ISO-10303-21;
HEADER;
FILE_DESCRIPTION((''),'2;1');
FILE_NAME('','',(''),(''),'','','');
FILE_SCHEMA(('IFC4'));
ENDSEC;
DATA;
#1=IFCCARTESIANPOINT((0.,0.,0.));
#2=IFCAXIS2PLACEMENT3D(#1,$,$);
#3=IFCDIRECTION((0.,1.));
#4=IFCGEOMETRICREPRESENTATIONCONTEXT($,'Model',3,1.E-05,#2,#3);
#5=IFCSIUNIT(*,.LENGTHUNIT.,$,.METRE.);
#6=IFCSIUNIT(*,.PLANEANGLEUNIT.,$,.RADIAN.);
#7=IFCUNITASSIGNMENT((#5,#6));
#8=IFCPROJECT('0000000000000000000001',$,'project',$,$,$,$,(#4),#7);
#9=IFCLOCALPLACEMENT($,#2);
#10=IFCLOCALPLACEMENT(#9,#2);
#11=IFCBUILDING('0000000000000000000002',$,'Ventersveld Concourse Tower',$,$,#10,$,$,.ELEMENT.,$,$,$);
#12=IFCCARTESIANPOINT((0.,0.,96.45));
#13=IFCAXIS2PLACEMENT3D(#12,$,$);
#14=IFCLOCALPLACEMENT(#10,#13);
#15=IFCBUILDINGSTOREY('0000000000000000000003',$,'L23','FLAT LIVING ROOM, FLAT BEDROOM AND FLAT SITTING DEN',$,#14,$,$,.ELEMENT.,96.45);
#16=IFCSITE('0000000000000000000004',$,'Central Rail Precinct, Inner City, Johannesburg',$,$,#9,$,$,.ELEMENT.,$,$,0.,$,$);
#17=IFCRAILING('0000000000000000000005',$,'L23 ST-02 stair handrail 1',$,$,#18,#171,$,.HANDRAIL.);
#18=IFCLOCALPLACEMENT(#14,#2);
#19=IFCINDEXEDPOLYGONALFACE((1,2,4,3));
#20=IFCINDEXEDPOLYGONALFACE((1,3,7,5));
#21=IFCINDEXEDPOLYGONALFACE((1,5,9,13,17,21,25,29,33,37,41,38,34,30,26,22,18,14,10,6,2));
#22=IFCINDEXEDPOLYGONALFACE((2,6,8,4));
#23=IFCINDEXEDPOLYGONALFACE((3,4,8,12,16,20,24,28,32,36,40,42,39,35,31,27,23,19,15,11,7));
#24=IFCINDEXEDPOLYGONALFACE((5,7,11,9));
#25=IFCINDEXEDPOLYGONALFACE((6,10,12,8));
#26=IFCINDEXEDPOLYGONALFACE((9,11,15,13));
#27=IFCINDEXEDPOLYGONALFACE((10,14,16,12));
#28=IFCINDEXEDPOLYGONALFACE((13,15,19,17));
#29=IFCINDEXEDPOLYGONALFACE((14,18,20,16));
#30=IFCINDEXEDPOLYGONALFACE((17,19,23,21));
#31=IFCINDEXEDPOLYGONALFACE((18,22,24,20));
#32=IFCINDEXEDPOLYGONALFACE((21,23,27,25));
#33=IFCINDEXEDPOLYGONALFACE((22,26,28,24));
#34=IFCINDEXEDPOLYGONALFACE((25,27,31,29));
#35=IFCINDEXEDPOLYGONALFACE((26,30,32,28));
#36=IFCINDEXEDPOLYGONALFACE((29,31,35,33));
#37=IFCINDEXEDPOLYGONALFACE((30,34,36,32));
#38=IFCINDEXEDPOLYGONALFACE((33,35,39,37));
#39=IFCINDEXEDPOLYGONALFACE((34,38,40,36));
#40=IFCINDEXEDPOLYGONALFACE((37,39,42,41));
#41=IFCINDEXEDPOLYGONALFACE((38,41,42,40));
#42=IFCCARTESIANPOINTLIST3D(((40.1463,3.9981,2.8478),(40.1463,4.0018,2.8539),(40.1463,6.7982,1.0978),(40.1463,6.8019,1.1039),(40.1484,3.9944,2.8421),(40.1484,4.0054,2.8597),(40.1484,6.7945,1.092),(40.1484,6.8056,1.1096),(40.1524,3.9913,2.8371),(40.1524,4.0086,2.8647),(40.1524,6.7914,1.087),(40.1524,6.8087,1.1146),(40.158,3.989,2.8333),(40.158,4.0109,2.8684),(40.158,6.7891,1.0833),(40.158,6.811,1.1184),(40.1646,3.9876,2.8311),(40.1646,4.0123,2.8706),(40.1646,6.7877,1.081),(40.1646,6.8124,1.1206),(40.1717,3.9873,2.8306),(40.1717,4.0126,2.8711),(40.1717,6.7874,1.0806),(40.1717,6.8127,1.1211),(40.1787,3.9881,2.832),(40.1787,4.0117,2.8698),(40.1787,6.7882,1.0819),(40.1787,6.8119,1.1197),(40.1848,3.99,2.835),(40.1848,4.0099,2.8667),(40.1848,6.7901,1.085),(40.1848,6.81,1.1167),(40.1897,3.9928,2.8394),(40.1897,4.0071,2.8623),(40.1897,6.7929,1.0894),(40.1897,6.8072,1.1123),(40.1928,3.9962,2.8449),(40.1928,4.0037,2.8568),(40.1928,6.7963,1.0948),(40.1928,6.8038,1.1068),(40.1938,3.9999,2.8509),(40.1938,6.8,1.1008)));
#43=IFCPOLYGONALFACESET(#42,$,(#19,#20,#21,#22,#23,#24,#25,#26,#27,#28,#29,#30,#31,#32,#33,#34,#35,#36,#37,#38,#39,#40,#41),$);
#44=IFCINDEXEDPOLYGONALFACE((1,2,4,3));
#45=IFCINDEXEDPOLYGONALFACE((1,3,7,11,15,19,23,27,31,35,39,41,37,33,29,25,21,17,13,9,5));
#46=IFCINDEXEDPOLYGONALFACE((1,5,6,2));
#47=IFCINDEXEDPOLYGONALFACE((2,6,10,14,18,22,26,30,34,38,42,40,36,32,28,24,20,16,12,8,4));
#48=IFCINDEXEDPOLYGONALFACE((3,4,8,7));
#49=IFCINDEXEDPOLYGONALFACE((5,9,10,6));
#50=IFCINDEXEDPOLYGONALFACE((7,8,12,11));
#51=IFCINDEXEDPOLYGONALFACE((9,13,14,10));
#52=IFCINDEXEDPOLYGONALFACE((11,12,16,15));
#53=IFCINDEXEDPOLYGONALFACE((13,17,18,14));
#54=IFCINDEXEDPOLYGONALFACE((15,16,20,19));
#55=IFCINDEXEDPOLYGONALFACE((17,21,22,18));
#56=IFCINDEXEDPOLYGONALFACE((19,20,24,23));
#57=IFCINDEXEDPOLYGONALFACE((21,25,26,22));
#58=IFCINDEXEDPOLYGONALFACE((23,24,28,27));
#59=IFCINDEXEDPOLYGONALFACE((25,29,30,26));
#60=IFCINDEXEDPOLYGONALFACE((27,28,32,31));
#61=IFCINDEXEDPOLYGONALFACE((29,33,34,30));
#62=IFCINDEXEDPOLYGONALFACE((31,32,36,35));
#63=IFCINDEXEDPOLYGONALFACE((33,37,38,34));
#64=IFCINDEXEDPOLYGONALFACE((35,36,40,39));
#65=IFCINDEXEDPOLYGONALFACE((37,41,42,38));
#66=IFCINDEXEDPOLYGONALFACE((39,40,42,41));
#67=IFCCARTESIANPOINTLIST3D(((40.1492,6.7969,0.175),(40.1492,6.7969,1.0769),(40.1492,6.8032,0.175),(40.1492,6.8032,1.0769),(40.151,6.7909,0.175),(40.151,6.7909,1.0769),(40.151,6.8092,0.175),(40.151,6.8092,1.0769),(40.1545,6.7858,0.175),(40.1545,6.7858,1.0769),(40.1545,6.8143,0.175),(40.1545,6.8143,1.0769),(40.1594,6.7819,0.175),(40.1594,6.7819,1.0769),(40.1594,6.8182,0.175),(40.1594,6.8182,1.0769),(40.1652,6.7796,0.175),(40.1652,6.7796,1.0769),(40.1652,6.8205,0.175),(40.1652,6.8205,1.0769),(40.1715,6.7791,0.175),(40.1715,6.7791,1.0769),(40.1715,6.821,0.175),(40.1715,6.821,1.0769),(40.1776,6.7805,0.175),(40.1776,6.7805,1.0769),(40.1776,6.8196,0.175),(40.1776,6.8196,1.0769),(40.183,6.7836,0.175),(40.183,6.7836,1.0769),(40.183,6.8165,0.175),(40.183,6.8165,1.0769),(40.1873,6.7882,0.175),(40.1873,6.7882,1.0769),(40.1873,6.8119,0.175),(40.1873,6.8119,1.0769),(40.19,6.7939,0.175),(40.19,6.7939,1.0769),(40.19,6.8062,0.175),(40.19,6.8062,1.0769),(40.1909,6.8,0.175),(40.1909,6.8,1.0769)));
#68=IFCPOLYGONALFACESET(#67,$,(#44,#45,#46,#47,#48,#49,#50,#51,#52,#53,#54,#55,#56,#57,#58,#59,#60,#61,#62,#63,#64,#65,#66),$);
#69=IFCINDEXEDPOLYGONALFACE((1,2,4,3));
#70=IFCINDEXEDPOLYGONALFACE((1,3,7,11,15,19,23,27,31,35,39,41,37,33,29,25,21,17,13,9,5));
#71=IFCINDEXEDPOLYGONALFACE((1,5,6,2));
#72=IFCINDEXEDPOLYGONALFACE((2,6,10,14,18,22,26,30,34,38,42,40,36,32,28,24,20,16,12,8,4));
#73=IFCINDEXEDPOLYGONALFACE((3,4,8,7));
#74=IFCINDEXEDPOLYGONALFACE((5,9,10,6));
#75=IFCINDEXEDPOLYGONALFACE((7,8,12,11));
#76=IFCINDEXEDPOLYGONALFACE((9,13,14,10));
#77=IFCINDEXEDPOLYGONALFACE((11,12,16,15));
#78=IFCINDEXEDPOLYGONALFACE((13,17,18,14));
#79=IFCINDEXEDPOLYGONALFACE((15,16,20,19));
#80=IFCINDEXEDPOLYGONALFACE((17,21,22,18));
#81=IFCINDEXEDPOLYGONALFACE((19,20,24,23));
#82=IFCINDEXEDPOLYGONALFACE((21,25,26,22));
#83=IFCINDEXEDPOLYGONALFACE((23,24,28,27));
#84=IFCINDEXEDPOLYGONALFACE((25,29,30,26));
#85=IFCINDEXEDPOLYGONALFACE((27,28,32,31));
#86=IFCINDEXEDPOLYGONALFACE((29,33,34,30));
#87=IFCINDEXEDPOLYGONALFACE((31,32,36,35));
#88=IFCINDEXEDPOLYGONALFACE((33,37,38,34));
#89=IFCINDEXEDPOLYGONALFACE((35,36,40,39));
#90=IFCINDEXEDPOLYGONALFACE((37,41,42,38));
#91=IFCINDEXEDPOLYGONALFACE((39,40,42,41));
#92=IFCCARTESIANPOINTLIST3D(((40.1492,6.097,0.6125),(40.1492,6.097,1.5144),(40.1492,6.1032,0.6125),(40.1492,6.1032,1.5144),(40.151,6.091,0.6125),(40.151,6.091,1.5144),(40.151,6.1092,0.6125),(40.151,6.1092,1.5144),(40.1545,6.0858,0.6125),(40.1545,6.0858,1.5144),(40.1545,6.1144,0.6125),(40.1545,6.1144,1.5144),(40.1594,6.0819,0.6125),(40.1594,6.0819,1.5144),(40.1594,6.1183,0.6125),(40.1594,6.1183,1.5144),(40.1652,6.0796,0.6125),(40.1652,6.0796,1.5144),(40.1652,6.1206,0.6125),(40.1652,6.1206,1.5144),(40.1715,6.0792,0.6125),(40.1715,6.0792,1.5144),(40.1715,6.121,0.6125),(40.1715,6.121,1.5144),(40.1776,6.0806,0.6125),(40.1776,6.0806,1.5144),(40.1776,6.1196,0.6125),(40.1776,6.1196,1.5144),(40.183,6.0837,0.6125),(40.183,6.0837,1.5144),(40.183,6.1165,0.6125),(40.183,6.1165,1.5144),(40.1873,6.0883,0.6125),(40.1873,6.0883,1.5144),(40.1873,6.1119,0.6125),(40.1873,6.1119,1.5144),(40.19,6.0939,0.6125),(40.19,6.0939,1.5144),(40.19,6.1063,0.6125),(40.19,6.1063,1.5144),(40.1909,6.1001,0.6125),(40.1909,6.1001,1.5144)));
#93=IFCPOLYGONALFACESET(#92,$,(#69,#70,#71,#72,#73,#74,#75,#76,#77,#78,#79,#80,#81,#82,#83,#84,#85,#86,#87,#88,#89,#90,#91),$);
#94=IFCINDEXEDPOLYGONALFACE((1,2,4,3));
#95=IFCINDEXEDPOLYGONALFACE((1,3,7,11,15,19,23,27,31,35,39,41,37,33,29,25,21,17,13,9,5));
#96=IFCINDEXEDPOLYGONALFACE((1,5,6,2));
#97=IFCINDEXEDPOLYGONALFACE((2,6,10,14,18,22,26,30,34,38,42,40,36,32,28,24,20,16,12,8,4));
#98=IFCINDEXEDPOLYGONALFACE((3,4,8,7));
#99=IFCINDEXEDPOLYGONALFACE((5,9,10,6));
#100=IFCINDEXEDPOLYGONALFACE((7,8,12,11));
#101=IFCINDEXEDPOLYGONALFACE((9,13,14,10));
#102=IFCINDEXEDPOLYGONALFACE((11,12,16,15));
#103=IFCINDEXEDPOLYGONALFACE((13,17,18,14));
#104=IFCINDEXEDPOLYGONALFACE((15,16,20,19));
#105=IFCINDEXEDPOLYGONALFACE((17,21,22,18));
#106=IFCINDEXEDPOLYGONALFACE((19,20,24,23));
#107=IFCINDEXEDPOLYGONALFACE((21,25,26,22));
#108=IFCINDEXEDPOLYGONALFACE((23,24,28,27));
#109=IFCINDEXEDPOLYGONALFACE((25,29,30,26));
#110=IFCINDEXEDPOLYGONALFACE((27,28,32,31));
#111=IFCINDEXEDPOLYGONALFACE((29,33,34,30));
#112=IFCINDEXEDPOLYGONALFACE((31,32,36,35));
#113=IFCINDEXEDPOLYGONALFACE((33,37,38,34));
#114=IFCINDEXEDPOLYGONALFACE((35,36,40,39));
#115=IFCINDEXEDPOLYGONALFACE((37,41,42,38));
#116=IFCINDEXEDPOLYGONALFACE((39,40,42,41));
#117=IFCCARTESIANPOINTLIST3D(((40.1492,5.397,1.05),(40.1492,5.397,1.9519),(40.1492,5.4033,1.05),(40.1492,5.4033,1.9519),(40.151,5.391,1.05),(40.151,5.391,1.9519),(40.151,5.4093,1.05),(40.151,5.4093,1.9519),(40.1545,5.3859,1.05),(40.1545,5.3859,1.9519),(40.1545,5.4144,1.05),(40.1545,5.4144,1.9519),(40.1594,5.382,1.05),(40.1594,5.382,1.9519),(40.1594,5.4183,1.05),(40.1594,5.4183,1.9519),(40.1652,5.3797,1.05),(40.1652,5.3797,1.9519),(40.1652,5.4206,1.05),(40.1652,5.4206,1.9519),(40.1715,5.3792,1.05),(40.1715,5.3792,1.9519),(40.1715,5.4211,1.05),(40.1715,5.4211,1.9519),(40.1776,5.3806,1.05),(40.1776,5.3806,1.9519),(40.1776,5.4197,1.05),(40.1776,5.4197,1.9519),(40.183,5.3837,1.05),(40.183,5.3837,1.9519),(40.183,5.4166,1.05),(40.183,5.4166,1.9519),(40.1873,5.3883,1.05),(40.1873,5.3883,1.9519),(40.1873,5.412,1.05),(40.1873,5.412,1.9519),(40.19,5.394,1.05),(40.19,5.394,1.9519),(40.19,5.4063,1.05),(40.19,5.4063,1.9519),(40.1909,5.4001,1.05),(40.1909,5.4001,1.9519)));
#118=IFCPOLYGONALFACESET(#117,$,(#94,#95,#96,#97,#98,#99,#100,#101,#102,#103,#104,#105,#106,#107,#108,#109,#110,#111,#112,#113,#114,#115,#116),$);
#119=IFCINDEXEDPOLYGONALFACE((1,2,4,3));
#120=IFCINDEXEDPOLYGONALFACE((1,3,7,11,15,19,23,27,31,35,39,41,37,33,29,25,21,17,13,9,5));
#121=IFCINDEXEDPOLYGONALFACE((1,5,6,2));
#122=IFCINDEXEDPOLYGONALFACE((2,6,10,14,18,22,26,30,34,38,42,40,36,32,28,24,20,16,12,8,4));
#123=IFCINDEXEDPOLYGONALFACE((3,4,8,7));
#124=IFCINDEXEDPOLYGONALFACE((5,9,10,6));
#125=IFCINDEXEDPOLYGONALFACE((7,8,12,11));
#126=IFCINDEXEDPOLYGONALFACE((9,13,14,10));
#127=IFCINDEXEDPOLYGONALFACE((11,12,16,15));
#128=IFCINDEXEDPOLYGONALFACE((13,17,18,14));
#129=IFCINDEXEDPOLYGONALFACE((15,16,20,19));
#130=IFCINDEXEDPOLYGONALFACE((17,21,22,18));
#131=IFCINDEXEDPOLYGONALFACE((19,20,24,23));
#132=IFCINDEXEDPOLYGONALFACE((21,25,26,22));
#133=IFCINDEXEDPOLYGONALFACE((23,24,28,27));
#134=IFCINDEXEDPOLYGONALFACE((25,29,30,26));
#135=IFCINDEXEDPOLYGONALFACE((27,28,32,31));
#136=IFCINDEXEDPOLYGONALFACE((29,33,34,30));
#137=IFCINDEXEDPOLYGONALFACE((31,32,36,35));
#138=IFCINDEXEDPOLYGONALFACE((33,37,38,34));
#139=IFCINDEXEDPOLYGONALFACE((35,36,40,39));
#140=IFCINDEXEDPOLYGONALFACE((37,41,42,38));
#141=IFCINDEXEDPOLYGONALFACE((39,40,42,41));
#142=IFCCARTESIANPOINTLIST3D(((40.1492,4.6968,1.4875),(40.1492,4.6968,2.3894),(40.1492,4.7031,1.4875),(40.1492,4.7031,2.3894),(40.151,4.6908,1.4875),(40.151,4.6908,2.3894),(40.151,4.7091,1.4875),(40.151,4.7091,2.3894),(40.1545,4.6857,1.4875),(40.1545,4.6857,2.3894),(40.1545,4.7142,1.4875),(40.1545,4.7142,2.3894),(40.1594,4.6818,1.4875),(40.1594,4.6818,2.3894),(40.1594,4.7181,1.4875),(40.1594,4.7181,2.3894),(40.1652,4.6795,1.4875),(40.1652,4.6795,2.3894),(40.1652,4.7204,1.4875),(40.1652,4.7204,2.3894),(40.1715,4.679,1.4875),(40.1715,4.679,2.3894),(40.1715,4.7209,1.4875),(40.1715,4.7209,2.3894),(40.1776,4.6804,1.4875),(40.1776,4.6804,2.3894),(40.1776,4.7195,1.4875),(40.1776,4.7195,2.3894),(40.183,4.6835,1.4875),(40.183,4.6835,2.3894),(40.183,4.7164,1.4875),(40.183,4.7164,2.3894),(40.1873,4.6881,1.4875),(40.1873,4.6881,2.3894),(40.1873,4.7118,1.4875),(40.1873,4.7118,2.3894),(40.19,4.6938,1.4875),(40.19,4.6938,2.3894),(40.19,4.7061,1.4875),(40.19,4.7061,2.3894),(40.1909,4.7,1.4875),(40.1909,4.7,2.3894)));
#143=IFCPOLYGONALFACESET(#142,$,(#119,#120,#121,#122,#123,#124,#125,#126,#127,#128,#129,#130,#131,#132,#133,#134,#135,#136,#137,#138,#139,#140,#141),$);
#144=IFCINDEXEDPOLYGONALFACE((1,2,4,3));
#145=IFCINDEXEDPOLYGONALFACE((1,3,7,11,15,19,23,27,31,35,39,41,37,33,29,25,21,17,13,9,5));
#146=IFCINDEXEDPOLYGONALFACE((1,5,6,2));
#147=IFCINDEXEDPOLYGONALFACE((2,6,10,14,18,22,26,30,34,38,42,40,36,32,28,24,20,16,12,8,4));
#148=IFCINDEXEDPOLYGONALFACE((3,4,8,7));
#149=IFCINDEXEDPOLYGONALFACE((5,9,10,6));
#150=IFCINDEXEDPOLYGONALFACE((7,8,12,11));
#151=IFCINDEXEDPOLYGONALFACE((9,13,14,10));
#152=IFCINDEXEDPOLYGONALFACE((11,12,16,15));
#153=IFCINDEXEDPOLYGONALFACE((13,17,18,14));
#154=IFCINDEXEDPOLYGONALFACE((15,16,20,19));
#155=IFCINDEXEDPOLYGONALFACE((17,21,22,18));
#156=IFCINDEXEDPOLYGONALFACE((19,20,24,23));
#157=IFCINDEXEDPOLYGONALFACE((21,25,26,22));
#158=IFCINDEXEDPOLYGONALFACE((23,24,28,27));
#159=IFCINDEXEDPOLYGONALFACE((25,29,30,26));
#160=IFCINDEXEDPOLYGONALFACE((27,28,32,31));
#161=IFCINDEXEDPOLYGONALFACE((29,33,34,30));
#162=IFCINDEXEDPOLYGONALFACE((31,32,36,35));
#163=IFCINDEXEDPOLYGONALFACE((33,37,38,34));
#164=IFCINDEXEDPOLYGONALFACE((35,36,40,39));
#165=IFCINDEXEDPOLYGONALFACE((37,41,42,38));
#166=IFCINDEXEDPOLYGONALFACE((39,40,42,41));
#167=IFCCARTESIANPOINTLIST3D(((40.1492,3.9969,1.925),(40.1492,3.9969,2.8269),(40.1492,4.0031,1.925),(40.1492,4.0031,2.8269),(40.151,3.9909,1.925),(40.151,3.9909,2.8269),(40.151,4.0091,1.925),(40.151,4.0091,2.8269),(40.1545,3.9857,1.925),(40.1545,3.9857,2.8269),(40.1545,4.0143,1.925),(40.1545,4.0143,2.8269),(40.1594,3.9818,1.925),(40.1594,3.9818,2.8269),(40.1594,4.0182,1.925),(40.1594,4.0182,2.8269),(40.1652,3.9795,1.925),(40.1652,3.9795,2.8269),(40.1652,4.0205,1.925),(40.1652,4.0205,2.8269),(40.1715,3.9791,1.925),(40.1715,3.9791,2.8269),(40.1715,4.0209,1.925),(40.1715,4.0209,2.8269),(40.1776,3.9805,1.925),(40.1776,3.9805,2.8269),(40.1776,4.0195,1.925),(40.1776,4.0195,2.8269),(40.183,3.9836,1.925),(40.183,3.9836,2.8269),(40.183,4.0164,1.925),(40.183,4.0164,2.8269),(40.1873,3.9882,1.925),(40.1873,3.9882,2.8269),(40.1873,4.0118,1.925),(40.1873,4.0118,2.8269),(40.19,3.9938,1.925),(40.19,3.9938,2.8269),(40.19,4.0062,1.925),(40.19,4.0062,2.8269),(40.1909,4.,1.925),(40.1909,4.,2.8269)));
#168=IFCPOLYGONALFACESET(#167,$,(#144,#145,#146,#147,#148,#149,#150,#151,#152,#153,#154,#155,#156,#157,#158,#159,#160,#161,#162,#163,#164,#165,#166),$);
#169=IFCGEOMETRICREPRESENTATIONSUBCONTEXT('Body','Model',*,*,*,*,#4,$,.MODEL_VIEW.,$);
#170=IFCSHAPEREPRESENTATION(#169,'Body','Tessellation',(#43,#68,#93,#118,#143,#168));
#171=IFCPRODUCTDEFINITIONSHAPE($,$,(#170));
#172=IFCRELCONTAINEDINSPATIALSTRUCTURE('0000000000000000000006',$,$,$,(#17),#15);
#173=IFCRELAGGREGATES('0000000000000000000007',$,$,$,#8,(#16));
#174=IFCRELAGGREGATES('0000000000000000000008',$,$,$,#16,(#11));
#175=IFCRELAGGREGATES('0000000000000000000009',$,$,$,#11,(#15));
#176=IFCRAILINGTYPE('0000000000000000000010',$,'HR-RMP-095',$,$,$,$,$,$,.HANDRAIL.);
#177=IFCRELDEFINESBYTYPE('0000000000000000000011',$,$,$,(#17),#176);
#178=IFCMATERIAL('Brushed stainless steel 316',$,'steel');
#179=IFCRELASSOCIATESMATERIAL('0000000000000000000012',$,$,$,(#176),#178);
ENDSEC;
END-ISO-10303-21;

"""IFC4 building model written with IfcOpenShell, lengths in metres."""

from ifc_helpers import new_model, si_unit, direction, frame, origin, origin_2d, place, context, subcontext, project, spatial, circle, extrude, material, type_object, element, save


model = new_model("IFC4")

# Units and contexts
model_context = context("Model", 3, precision=1e-05, world=origin(), true_north=direction((0.0, 1.0)))
body_context = subcontext(model_context, "Body", "Model", "MODEL_VIEW")
ifc_project = project(units=[si_unit("LENGTHUNIT", "METRE"), si_unit("PLANEANGLEUNIT", "RADIAN")], contexts=[model_context])

# Site, building, storey
site_placement = place(None, origin())
site = spatial("IfcSite", under=ifc_project, at=site_placement, Name="Central Rail Precinct, Inner City, Johannesburg", CompositionType="ELEMENT", RefElevation=0.0)
building_placement = place(site_placement, origin())
building = spatial("IfcBuilding", under=site, at=building_placement, Name="Ventersveld Concourse Tower", CompositionType="ELEMENT")
storey_placement = place(building_placement, frame((0.0, 0.0, 96.45)))
storey = spatial("IfcBuildingStorey", under=building, at=storey_placement, Name="L23", Description="FLAT LIVING ROOM, FLAT BEDROOM AND FLAT SITTING DEN", CompositionType="ELEMENT", Elevation=96.45)

# Railing
ifc_material_1 = material(Name="Brushed stainless steel 316", Category="steel")
railing_type_1 = type_object("IfcRailingType", Name="HR-RMP-095", PredefinedType="HANDRAIL", material=ifc_material_1)
railing_1_placement = place(storey_placement, frame((40.1699, 6.8, 0.175)))
element("IfcRailing", 1, at=railing_1_placement, inside=storey, type_object=railing_type_1, Name="L23 ST-02 stair handrail 1", PredefinedType="HANDRAIL", context=body_context, shape_type="SweptSolid", body=[
    extrude(circle(Radius=0.0239, at=origin_2d()), frame((0.0, 0.0, 0.9258), z_axis=(0.0, -0.848002, 0.529992), x_axis=(1.0, 0.0, 0.0)), (0.0, 0.0, 1.0), 3.302),
    extrude(circle(Radius=0.021, at=origin_2d()), origin(), (0.0, 0.0, 1.0), 0.9019),
    extrude(circle(Radius=0.021, at=origin_2d()), frame((0.0, -0.7, 0.4375)), (0.0, 0.0, 1.0), 0.9019),
    extrude(circle(Radius=0.021, at=origin_2d()), frame((0.0, -1.3999, 0.875)), (0.0, 0.0, 1.0), 0.9019),
    extrude(circle(Radius=0.021, at=origin_2d()), frame((0.0, -2.1001, 1.3125)), (0.0, 0.0, 1.0), 0.9019),
    extrude(circle(Radius=0.021, at=origin_2d()), frame((0.0, -2.8, 1.75)), (0.0, 0.0, 1.0), 0.9019),
])

save(model, "model.ifc")
